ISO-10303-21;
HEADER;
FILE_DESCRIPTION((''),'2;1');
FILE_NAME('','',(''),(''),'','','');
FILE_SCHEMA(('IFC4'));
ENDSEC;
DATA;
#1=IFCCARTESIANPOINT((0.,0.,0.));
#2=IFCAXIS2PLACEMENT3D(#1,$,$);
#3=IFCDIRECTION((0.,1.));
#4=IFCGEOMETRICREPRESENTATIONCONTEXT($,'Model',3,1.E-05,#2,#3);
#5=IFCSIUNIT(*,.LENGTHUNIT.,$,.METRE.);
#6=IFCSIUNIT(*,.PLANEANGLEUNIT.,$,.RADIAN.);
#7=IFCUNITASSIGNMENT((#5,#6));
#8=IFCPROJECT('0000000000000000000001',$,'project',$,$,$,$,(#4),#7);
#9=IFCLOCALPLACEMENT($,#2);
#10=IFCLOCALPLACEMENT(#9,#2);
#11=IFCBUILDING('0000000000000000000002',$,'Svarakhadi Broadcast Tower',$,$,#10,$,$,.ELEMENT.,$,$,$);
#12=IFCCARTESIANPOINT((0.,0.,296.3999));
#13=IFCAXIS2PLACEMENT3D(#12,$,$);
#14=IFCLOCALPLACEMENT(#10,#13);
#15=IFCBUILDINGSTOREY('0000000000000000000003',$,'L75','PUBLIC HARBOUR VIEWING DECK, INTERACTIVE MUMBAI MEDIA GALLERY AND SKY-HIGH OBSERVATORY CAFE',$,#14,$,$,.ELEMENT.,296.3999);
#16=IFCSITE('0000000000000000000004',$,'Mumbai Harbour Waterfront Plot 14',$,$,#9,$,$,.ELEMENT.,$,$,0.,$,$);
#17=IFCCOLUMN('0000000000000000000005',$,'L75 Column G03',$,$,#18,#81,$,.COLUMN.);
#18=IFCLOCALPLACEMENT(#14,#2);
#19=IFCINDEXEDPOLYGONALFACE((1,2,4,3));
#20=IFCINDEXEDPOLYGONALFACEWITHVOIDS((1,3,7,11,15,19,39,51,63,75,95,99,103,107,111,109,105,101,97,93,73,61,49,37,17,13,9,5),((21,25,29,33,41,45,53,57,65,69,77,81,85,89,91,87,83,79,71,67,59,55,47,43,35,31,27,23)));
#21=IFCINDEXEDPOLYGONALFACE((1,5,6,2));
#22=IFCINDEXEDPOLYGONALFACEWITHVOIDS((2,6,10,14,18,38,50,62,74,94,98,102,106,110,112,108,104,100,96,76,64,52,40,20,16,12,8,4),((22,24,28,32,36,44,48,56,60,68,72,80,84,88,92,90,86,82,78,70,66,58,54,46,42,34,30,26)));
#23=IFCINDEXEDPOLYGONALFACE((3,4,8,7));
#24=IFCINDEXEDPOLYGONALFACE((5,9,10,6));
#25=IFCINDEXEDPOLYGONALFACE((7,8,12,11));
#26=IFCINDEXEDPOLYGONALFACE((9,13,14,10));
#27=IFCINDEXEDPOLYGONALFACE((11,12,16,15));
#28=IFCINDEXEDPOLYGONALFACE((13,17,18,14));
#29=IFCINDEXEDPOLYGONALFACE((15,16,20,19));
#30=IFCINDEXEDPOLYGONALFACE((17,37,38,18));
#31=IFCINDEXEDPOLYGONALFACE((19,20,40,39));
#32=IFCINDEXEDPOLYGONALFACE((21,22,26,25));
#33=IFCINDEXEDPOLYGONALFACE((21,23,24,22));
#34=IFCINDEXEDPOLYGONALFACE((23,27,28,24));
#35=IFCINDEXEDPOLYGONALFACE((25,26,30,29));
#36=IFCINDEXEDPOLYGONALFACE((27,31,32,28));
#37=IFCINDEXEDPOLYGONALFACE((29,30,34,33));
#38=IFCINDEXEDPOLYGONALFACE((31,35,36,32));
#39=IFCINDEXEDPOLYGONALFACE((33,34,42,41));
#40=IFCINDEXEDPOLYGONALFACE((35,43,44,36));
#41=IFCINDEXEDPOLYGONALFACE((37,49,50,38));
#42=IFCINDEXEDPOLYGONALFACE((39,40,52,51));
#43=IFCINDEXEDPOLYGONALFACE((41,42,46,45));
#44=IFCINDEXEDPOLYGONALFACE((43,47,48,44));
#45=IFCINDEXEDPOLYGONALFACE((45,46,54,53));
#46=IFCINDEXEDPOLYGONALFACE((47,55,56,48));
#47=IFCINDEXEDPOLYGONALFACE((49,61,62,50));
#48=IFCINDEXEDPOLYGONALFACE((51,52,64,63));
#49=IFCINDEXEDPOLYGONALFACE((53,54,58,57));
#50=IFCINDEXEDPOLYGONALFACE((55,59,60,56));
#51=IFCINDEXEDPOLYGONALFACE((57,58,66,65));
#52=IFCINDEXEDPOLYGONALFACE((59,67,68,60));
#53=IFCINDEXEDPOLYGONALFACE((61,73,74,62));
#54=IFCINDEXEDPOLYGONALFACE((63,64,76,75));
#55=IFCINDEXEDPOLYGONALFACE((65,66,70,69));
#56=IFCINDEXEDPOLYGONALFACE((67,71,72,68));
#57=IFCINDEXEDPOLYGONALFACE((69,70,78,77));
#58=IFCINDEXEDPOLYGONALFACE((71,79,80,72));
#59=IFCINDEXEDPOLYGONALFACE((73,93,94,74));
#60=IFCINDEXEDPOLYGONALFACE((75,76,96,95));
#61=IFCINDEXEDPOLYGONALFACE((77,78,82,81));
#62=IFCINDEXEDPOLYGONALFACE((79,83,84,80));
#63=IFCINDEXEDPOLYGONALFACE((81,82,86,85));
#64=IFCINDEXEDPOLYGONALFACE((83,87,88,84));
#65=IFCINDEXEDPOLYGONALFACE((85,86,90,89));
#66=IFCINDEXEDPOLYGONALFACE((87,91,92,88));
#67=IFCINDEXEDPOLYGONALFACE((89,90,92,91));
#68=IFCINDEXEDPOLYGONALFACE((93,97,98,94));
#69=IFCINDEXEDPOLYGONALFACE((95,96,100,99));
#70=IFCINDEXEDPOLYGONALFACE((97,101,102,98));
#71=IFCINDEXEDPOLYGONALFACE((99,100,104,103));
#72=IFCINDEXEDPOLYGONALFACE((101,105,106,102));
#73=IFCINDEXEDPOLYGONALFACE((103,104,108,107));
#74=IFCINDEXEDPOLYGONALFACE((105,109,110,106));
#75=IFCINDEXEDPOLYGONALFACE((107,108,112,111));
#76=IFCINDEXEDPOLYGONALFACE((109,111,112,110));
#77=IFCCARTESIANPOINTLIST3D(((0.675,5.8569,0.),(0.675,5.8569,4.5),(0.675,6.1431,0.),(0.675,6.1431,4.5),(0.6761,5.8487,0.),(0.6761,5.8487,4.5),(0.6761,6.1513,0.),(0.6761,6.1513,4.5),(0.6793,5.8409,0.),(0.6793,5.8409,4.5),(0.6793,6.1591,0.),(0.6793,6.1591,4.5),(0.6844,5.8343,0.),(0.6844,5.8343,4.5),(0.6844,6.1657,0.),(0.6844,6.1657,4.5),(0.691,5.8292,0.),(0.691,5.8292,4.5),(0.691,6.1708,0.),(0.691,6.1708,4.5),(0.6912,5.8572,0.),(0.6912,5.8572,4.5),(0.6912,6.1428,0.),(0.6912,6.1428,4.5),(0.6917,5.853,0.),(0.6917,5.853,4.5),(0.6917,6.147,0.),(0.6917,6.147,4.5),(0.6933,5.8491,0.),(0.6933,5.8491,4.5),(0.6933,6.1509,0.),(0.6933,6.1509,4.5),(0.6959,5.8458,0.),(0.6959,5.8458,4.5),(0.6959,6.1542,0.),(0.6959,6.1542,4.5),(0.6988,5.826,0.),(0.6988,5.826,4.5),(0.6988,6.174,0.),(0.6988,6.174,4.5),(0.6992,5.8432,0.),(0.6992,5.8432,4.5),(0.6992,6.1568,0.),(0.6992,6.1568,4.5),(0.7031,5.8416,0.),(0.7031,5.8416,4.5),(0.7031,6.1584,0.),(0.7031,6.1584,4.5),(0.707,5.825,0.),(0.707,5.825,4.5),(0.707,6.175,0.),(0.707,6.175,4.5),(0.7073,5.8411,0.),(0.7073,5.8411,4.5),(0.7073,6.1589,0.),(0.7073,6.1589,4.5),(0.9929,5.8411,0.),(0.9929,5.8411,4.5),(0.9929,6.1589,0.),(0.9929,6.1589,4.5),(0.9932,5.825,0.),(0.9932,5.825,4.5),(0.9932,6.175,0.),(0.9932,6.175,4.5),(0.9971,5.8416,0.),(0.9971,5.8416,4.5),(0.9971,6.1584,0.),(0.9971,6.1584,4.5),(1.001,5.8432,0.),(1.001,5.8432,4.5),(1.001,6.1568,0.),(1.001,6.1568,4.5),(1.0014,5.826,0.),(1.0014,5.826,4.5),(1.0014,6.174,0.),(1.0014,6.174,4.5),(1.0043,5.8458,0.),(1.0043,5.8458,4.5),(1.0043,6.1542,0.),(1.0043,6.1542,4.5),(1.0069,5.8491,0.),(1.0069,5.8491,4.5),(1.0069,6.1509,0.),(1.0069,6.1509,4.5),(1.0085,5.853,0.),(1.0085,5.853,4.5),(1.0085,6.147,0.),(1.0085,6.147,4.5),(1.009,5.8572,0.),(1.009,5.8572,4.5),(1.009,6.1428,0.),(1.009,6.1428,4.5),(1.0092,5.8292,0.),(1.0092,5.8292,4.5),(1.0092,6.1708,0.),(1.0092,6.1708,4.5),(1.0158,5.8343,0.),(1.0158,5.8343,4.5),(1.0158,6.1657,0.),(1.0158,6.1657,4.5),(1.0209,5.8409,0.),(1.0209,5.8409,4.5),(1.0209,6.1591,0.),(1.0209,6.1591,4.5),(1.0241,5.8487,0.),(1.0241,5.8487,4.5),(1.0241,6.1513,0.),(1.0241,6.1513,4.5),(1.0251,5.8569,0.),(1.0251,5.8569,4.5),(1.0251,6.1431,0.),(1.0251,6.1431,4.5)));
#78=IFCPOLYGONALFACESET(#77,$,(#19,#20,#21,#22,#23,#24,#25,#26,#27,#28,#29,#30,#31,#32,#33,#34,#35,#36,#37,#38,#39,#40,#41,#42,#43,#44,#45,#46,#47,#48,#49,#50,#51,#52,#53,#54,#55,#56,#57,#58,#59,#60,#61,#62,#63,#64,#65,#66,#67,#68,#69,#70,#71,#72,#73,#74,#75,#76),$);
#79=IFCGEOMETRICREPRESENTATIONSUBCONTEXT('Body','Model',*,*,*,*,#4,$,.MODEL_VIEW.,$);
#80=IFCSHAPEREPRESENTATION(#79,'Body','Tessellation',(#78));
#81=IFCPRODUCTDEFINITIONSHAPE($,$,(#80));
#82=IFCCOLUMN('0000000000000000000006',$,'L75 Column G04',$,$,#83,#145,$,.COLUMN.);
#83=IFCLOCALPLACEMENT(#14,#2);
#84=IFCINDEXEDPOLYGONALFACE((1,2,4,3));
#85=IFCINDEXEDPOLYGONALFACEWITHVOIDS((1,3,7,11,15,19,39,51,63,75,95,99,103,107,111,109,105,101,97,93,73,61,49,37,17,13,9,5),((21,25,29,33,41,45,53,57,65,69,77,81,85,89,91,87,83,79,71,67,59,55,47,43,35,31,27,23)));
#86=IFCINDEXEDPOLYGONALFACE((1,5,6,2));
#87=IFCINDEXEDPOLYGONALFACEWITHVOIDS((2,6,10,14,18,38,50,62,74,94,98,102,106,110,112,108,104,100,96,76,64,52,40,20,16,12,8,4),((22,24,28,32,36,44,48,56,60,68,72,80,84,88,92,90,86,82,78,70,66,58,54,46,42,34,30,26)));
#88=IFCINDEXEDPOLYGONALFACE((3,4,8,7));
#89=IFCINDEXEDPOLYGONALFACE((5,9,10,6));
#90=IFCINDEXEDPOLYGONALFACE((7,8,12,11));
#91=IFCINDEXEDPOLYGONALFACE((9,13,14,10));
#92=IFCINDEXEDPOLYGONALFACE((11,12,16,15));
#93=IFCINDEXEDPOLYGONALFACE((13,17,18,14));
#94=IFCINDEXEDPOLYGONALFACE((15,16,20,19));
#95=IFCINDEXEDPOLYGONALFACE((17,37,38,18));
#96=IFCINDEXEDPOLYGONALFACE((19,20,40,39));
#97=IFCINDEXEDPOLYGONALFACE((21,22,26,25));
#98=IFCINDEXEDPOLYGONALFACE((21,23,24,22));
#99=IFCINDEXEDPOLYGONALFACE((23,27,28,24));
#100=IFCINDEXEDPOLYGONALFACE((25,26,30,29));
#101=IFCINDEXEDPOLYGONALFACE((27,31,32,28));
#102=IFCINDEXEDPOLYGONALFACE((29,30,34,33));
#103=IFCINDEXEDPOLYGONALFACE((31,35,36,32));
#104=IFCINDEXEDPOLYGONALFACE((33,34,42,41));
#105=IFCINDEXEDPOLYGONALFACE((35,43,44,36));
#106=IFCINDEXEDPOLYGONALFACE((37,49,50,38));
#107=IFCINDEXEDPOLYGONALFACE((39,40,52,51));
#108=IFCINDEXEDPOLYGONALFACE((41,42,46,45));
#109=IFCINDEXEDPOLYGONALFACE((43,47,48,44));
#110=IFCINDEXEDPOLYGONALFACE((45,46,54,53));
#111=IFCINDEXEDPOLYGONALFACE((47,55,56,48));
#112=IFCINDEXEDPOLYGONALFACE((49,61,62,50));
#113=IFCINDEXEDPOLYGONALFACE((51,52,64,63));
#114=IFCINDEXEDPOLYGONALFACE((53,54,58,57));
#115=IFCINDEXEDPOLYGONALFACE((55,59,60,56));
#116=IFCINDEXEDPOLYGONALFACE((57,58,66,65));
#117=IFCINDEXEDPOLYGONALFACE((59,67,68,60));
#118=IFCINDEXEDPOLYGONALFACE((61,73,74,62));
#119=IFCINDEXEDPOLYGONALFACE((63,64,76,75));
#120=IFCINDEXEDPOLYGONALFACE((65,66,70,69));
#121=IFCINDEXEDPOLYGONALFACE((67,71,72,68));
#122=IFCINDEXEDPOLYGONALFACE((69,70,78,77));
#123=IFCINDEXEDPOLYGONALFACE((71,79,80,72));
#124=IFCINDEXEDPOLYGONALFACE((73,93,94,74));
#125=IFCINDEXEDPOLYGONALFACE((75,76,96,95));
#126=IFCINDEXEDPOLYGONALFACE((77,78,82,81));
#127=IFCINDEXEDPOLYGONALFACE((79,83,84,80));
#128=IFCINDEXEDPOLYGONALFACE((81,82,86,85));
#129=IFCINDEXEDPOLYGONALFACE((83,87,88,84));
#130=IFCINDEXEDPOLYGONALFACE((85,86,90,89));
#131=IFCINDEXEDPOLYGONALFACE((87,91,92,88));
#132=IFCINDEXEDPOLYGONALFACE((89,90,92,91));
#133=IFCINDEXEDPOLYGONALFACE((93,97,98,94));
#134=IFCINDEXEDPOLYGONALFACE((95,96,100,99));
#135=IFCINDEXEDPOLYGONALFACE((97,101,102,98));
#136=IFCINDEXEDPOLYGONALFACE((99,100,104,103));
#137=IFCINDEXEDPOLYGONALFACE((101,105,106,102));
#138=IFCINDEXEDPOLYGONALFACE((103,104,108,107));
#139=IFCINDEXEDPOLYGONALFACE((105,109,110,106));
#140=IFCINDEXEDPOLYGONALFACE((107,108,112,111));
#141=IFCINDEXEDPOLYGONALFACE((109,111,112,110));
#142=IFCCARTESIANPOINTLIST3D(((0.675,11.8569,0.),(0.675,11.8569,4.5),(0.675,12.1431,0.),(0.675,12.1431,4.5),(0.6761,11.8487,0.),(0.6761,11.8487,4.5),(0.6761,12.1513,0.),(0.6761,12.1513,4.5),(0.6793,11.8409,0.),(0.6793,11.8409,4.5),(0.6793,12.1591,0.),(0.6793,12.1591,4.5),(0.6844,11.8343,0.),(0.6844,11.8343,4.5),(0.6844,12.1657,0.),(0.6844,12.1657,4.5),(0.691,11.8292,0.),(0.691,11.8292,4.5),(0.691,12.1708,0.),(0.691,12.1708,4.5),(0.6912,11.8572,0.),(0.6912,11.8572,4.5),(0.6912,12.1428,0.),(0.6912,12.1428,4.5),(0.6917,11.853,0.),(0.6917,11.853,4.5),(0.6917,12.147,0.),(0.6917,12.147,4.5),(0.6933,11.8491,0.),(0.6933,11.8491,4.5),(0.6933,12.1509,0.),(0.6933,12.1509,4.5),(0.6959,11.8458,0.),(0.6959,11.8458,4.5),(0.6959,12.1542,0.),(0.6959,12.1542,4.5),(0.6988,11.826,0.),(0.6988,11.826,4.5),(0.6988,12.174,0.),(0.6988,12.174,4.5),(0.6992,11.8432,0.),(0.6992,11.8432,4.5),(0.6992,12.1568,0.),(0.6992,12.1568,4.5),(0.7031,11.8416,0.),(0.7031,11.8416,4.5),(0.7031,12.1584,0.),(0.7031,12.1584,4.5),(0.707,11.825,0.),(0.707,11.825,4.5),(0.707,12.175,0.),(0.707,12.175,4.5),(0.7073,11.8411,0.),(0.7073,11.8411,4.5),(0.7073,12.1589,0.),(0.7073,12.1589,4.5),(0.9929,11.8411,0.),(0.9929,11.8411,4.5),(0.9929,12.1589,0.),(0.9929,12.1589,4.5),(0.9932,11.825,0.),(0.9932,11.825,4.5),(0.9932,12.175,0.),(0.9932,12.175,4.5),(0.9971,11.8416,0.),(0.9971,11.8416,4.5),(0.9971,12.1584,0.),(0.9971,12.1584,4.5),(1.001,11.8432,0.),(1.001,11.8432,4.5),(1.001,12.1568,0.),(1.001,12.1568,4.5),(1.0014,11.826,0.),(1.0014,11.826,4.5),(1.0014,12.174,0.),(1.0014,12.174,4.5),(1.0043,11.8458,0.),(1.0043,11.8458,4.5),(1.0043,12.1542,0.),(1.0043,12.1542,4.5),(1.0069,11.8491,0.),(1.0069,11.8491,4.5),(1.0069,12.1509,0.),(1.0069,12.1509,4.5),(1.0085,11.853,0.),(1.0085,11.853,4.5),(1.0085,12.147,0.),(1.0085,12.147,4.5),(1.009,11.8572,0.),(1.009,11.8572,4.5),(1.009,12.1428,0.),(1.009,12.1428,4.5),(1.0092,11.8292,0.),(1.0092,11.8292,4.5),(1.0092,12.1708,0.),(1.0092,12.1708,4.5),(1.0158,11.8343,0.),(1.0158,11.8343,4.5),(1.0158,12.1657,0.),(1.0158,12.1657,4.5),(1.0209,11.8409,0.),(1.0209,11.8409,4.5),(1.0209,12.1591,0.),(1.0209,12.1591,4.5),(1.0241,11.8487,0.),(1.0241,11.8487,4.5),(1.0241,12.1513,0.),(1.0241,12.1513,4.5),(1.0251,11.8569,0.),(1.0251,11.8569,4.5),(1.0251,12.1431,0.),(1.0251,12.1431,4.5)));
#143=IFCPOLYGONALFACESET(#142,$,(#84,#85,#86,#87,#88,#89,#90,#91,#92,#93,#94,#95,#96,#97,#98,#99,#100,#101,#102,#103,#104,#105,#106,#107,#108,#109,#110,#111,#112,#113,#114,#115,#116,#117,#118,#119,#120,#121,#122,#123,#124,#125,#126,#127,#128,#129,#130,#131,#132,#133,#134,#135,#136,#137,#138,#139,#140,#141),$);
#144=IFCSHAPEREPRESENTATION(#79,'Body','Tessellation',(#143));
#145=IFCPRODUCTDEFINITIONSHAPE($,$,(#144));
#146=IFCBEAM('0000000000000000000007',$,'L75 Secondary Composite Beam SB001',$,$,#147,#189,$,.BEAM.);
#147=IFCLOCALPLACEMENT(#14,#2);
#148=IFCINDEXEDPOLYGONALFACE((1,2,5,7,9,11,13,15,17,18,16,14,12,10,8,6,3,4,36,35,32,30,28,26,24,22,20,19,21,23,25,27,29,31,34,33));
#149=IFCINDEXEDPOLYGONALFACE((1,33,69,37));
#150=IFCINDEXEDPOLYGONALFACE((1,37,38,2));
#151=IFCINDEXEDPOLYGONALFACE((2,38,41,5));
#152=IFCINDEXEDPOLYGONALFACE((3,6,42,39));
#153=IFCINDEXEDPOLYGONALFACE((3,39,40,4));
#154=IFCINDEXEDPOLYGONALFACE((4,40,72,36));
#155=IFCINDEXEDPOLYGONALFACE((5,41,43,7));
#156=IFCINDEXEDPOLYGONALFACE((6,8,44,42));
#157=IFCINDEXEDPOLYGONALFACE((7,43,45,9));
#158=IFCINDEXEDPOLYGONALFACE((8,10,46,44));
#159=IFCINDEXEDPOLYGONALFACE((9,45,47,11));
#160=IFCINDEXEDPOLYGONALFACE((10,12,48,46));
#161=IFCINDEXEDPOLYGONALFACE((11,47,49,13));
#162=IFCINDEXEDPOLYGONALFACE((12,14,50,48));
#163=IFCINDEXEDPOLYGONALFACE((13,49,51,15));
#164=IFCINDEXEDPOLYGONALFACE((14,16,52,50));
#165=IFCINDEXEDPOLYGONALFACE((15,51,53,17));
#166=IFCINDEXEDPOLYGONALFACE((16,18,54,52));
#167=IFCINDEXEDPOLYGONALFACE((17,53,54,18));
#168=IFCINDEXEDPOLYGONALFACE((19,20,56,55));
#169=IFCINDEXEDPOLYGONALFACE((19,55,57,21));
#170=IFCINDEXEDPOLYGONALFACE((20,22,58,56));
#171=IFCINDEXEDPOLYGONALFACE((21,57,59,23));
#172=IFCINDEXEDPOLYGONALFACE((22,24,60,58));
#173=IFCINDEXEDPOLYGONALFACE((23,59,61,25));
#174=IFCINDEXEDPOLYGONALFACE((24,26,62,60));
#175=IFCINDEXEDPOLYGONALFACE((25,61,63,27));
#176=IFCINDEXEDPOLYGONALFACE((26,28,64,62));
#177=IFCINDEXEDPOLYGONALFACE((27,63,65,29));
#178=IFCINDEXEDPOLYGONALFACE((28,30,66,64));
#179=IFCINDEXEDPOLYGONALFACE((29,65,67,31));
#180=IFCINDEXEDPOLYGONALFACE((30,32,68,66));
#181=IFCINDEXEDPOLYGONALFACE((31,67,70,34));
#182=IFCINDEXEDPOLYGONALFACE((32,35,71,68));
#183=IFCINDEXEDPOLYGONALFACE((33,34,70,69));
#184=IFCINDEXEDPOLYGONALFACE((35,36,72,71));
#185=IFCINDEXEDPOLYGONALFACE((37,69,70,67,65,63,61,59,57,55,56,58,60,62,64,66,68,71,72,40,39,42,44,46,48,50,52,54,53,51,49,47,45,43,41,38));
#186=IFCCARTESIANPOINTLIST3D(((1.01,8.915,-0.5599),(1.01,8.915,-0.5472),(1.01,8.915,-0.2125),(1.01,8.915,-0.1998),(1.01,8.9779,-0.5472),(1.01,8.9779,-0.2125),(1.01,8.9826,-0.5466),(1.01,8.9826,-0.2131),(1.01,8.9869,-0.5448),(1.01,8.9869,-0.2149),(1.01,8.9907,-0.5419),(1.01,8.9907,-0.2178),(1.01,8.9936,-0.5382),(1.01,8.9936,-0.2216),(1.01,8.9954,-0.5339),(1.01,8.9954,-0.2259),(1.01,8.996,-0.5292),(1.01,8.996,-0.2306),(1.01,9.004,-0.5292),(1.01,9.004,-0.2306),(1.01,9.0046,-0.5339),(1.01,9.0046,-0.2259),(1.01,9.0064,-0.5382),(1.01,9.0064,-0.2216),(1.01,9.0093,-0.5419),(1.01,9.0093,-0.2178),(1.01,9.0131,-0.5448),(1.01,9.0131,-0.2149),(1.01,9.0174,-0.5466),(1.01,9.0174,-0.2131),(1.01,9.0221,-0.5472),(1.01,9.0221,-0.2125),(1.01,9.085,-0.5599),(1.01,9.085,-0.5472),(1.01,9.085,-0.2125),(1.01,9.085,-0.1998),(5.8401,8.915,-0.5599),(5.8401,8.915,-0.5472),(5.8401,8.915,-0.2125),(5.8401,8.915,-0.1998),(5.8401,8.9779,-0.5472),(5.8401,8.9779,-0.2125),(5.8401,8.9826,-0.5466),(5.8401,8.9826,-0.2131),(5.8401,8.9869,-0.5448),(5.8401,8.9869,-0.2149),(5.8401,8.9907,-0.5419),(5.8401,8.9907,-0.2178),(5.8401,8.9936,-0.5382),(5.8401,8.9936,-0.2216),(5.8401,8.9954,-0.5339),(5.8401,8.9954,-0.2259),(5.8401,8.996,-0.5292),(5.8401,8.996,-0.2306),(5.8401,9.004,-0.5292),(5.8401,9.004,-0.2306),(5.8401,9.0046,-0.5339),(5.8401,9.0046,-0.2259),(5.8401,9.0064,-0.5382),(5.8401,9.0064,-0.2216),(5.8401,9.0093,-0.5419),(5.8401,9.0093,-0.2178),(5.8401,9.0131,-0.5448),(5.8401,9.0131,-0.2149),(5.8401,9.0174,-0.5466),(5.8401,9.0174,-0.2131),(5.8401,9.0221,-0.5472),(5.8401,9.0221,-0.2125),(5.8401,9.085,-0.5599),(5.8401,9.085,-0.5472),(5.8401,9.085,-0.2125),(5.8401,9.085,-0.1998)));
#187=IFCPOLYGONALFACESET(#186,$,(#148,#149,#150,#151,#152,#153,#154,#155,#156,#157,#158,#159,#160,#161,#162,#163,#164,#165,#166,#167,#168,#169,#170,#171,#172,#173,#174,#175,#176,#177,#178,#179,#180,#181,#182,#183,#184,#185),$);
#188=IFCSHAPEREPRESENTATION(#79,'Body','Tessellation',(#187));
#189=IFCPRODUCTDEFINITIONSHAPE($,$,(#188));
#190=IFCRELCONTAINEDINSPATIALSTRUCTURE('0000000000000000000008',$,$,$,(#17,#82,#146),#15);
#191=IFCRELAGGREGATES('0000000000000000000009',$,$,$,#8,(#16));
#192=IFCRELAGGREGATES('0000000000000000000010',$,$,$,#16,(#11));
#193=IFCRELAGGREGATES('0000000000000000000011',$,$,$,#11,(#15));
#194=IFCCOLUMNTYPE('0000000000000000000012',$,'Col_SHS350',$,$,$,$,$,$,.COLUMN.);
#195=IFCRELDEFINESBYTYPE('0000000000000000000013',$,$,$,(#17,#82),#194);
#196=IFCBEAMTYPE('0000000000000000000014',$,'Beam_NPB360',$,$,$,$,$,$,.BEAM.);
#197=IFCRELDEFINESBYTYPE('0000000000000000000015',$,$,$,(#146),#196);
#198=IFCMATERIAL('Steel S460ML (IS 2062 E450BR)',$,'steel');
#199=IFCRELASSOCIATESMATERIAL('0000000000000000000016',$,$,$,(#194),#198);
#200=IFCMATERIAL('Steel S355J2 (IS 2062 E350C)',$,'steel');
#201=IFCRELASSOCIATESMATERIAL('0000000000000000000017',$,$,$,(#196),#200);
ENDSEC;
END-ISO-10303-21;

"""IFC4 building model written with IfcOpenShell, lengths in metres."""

from ifc_helpers import new_model, si_unit, direction, frame, origin, origin_2d, place, context, subcontext, project, spatial, hollow_rectangle, i_section, extrude, material, material_profile, profile_set, type_object, element, save


model = new_model("IFC4")

# Units and contexts
model_context = context("Model", 3, precision=1e-05, world=origin(), true_north=direction((0.0, 1.0)))
body_context = subcontext(model_context, "Body", "Model", "MODEL_VIEW")
ifc_project = project(units=[si_unit("LENGTHUNIT", "METRE"), si_unit("PLANEANGLEUNIT", "RADIAN")], contexts=[model_context])

# Site, building, storey
site_placement = place(None, origin())
site = spatial("IfcSite", under=ifc_project, at=site_placement, Name="Mumbai Harbour Waterfront Plot 14", CompositionType="ELEMENT", RefElevation=0.0)
building_placement = place(site_placement, origin())
building = spatial("IfcBuilding", under=site, at=building_placement, Name="Svarakhadi Broadcast Tower", CompositionType="ELEMENT")
storey_placement = place(building_placement, frame((0.0, 0.0, 296.3999)))
storey = spatial("IfcBuildingStorey", under=building, at=storey_placement, Name="L75", Description="PUBLIC HARBOUR VIEWING DECK, INTERACTIVE MUMBAI MEDIA GALLERY AND SKY-HIGH OBSERVATORY CAFE", CompositionType="ELEMENT", Elevation=296.3999)

# Columns
ifc_material_1 = material(Name="Steel S460ML (IS 2062 E450BR)", Category="steel")
ifc_material_profile_1 = material_profile(ifc_material_1, hollow_rectangle(XDim=0.3501, YDim=0.3501, WallThickness=0.0161, InnerFilletRadius=0.0161, OuterFilletRadius=0.032, at=origin_2d()), Name="SHS 350x350x16")
ifc_profile_set_1 = profile_set([ifc_material_profile_1], Name="Steel S460ML (IS 2062 E450BR)")
column_type = type_object("IfcColumnType", Name="Col_SHS350", PredefinedType="COLUMN", material=ifc_profile_set_1)
for number, where, z_axis, x_axis, name in (
    (1, (0.8501, 6.0, 0.0), (0.0, 0.0, 1.0), (1.0, 0.0, 0.0), "L75 Column G03"),
    (2, (0.8501, 12.0, 0.0), (0.0, 0.0, 1.0), (1.0, 0.0, 0.0), "L75 Column G04"),
):
    element("IfcColumn", number, at=place(storey_placement, frame(where, z_axis=z_axis, x_axis=x_axis)), inside=storey, type_object=column_type, Name=name, PredefinedType="COLUMN", context=body_context, shape_type="SweptSolid", body=[
        extrude(hollow_rectangle(XDim=0.3501, YDim=0.3501, WallThickness=0.0161, InnerFilletRadius=0.0161, OuterFilletRadius=0.032, at=origin_2d()), origin(), (0.0, 0.0, 1.0), 4.5),
    ])

# Beam
ifc_material_2 = material(Name="Steel S355J2 (IS 2062 E350C)", Category="steel")
ifc_material_profile_2 = material_profile(ifc_material_2, i_section(OverallWidth=0.1699, OverallDepth=0.3601, WebThickness=0.0081, FlangeThickness=0.0127, FilletRadius=0.0181, at=origin_2d()), Name="NPB 360x170x57")
ifc_profile_set_2 = profile_set([ifc_material_profile_2], Name="Steel S355J2 (IS 2062 E350C)")
beam_type_1 = type_object("IfcBeamType", Name="Beam_NPB360", PredefinedType="BEAM", material=ifc_profile_set_2)
beam_1_placement = place(storey_placement, frame((1.01, 9.0, -0.3799), z_axis=(1.0, 0.0, 0.0), x_axis=(0.0, 1.0, 0.0)))
element("IfcBeam", 3, at=beam_1_placement, inside=storey, type_object=beam_type_1, Name="L75 Secondary Composite Beam SB001", PredefinedType="BEAM", context=body_context, shape_type="SweptSolid", body=[
    extrude(i_section(OverallWidth=0.1699, OverallDepth=0.3601, WebThickness=0.0081, FlangeThickness=0.0127, FilletRadius=0.0181, at=origin_2d()), origin(), (0.0, 0.0, 1.0), 4.8301),
])

save(model, "model.ifc")
